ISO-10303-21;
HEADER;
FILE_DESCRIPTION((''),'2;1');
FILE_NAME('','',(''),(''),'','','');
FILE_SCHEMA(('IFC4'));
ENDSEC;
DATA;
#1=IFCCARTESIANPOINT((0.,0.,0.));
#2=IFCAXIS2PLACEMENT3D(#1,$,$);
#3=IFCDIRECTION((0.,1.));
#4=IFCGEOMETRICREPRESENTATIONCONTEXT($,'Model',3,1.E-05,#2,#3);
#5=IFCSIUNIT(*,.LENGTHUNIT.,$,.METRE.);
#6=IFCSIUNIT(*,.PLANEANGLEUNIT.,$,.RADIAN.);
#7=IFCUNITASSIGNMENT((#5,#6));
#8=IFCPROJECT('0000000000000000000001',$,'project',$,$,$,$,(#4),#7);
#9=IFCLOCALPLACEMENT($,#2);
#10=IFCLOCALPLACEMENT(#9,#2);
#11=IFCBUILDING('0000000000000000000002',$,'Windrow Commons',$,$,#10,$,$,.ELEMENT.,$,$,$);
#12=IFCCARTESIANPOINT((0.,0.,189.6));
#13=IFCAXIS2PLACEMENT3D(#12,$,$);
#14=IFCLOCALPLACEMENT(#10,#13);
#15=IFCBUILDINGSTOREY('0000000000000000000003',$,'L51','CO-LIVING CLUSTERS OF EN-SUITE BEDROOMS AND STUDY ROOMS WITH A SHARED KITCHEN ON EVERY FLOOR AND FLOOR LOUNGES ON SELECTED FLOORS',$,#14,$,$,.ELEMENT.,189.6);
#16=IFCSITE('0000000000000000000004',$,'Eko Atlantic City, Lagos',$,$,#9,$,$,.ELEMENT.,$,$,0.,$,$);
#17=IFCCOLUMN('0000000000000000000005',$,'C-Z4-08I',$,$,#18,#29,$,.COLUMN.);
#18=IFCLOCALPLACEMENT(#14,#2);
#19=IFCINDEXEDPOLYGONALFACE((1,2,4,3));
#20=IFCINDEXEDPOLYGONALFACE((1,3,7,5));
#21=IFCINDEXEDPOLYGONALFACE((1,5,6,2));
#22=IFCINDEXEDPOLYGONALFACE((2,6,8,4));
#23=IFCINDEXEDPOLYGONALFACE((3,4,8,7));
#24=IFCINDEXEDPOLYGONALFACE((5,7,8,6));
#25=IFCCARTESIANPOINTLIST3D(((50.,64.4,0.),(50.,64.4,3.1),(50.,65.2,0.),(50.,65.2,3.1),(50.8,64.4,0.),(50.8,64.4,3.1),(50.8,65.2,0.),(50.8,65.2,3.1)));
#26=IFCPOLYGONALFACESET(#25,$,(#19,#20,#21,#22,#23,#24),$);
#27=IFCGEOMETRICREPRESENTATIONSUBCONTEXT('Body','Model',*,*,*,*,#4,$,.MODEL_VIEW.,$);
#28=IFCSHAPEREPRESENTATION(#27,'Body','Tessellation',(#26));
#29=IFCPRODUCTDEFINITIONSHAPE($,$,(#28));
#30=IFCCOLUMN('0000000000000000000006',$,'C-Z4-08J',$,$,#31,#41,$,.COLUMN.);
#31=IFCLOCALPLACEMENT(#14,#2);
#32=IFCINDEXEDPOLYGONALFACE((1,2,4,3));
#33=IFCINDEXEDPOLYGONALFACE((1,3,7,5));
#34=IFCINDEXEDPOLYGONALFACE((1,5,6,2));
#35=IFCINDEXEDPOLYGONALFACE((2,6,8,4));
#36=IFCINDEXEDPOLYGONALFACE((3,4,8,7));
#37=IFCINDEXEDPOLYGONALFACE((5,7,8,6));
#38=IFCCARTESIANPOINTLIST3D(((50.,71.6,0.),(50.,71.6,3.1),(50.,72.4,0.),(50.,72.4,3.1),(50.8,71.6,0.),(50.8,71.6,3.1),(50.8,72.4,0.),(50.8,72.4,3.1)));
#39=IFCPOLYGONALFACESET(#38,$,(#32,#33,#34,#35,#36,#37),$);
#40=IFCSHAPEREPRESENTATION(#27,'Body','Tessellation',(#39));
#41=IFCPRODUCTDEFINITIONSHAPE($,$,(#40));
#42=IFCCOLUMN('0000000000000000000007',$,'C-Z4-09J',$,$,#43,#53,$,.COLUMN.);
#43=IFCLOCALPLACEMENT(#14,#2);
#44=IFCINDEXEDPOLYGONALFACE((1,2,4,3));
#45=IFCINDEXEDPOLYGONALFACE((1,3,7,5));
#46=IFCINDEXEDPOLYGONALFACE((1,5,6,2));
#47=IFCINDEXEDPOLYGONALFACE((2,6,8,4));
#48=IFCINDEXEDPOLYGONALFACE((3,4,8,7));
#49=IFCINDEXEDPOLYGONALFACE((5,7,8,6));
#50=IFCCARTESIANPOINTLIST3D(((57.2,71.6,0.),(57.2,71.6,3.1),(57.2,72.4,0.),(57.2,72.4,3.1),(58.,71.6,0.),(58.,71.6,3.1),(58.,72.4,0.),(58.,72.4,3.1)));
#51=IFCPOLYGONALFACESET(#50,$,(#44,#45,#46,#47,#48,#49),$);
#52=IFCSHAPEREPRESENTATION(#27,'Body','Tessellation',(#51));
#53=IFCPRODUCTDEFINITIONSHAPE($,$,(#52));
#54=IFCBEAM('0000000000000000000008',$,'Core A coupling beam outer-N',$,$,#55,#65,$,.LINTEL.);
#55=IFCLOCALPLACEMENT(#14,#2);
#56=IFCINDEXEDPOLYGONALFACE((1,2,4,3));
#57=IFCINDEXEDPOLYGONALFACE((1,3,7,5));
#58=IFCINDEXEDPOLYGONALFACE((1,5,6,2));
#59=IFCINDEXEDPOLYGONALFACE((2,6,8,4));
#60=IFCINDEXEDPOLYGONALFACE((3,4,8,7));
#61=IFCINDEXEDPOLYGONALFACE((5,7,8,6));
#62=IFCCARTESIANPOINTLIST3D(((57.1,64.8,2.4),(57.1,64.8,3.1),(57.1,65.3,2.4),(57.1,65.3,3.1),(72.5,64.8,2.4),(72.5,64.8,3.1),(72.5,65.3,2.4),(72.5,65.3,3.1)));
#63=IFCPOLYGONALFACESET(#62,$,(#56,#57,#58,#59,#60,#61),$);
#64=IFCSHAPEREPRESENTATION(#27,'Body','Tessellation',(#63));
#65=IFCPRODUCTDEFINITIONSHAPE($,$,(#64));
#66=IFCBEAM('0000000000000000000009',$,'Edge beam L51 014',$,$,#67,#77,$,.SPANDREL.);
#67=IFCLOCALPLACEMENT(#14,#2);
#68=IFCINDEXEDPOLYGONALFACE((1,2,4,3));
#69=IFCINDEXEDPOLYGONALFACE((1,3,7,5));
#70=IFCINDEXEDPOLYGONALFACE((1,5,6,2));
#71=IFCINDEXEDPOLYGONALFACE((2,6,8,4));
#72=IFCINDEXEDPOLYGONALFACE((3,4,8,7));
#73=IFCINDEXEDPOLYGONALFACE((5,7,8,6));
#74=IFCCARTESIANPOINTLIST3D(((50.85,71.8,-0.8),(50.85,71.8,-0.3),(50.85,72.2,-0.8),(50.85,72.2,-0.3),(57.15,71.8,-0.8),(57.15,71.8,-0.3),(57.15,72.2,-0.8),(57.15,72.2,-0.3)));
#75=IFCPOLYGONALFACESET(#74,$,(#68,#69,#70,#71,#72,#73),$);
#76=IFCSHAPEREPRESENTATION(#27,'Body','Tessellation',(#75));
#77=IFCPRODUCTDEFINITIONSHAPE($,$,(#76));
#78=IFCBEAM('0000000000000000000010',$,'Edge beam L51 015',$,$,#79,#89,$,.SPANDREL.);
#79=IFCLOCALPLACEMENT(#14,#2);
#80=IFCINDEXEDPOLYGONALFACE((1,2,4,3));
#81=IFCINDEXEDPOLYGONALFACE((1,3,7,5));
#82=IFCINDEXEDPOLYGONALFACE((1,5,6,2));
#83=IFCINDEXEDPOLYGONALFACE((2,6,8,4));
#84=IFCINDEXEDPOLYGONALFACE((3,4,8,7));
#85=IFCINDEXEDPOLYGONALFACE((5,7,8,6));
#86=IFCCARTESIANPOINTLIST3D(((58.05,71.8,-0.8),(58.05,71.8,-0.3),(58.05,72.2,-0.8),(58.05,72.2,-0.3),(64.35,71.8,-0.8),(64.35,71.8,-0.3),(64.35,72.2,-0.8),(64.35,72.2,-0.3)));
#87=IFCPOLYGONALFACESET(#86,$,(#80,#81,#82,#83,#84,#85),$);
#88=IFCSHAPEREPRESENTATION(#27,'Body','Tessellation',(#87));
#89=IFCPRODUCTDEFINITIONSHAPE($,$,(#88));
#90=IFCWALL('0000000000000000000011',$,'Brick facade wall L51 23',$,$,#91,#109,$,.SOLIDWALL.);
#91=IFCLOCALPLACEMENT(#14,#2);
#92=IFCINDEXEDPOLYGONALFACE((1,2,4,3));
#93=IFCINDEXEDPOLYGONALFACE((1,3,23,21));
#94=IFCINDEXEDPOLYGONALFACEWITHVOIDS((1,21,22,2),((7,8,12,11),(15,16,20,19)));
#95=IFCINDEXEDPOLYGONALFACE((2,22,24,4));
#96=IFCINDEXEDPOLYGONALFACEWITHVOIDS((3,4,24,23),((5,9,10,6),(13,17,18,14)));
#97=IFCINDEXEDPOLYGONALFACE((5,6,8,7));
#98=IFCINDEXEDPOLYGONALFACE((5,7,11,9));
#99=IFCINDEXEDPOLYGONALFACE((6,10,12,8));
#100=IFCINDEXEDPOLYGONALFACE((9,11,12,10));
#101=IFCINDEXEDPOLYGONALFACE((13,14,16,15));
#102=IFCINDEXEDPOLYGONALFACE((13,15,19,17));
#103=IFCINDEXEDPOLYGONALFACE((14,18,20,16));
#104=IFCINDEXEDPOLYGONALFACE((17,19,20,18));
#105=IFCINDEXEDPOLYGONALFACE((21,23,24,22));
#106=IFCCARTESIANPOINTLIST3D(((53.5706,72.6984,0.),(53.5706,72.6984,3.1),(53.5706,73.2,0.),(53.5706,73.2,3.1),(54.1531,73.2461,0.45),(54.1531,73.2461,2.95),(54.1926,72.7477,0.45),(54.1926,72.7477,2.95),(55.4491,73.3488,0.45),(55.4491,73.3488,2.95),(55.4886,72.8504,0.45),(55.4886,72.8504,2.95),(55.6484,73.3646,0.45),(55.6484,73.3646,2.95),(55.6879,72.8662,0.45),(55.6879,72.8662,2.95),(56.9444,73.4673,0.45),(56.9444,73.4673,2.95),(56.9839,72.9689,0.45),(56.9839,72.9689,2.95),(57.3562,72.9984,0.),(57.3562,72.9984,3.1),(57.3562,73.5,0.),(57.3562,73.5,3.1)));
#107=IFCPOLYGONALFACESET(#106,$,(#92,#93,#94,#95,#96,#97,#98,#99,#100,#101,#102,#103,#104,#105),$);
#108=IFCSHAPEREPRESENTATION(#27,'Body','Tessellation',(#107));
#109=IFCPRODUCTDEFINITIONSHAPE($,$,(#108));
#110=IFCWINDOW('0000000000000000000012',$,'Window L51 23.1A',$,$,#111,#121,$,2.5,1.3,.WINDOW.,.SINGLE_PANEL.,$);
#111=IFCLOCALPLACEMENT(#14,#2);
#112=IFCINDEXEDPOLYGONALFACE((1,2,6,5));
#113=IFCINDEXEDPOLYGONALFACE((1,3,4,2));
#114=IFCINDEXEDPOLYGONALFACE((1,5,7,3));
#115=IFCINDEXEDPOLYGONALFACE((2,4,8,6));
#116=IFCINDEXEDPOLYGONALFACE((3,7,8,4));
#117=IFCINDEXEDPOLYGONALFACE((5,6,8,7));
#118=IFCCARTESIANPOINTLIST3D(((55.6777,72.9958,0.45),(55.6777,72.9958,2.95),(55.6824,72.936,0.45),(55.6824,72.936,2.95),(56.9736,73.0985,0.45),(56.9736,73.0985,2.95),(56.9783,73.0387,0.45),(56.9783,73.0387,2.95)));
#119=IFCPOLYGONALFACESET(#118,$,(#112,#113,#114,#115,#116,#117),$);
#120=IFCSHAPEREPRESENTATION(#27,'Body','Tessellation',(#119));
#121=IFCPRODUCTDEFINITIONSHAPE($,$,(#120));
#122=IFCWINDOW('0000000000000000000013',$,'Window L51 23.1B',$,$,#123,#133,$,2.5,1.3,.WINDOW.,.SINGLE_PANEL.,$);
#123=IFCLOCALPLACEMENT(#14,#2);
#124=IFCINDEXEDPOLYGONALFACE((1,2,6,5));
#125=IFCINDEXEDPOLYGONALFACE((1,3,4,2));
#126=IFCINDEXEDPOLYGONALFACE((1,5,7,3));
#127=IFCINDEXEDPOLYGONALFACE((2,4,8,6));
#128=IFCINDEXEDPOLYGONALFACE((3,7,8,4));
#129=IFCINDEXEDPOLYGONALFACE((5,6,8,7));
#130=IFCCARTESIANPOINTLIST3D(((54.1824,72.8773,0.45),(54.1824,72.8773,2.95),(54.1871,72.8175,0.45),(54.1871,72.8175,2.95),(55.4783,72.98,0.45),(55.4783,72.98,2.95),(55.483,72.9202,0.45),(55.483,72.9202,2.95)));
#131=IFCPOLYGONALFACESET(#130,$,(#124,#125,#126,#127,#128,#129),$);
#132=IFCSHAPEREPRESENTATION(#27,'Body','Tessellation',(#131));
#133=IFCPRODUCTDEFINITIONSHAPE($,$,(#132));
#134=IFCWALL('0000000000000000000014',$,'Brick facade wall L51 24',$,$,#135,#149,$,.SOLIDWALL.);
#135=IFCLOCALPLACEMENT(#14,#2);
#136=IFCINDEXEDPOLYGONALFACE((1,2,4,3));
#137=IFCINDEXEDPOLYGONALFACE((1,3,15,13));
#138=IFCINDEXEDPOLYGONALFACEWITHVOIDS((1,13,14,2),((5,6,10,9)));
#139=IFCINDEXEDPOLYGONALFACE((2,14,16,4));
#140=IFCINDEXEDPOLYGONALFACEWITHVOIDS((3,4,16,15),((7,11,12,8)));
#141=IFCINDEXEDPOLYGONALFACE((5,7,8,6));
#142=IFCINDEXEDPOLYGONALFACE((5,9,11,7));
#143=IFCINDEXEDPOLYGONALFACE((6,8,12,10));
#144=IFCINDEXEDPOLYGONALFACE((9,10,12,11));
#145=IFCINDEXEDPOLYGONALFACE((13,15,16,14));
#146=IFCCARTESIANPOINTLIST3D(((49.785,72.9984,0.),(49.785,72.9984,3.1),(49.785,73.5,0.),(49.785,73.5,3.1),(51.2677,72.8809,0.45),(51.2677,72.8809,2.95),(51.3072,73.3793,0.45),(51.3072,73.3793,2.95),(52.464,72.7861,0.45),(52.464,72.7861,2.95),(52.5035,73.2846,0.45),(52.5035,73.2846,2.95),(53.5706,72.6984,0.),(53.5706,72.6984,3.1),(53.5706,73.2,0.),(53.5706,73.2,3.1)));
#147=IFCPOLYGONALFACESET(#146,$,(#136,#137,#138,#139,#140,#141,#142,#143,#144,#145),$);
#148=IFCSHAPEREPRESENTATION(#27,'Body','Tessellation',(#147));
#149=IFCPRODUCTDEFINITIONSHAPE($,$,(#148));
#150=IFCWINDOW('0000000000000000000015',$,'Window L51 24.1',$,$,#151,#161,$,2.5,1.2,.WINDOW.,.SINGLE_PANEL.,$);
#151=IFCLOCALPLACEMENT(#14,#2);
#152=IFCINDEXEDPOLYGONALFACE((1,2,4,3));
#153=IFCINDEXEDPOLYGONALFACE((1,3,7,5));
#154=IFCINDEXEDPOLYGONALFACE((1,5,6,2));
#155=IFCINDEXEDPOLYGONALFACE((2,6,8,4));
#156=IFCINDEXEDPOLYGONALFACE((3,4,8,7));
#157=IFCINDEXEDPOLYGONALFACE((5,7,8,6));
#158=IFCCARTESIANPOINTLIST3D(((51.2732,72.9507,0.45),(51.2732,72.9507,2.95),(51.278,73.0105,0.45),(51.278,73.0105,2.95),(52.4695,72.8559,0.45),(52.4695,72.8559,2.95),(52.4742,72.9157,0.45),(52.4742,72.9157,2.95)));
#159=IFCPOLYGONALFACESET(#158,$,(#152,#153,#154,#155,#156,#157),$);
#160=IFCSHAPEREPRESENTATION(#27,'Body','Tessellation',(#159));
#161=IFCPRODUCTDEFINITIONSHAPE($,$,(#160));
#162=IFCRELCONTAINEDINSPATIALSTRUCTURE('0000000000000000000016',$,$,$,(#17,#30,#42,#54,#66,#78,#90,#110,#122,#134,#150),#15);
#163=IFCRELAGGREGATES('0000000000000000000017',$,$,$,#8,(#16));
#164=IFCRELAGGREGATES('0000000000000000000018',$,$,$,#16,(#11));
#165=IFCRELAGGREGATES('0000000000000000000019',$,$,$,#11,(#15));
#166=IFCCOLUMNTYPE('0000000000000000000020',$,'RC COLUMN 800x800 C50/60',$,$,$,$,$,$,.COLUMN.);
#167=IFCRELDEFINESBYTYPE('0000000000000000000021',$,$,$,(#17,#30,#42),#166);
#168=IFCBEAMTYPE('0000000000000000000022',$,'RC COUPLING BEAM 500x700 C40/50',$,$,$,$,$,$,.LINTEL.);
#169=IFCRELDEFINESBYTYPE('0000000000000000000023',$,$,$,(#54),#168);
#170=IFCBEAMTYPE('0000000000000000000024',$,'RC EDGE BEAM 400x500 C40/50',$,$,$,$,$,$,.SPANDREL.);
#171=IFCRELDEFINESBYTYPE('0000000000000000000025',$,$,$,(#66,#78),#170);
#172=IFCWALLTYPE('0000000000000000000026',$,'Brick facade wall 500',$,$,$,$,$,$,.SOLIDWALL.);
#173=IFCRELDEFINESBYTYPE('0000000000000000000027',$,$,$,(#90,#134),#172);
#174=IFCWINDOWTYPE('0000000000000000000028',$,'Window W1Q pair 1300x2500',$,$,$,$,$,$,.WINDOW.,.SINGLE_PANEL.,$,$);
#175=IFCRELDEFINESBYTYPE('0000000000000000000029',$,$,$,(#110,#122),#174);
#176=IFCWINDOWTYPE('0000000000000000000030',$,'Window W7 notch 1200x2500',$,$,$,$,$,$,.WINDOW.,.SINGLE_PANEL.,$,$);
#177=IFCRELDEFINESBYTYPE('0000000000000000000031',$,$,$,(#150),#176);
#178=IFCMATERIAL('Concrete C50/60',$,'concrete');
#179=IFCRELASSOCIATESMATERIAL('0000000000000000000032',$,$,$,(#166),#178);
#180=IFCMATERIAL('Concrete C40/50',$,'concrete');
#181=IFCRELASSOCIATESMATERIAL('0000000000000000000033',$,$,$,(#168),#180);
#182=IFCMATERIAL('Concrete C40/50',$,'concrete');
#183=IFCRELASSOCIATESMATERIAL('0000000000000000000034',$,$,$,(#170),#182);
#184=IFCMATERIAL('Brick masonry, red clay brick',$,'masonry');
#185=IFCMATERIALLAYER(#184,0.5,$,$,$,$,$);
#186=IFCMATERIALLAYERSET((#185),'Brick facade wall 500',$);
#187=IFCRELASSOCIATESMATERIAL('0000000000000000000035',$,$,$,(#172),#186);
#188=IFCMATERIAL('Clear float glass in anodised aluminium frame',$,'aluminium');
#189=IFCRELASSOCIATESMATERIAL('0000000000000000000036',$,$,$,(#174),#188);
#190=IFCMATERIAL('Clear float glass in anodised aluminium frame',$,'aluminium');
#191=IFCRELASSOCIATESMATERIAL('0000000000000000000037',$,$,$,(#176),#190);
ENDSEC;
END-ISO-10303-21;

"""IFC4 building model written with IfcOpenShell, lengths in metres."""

from ifc_helpers import new_model, si_unit, direction, frame, frame_2d, origin, origin_2d, place, context, subcontext, project, spatial, polyline, rectangle, outline, extrude, material, layer, layer_set, material_profile, profile_set, type_object, element, fill, save


model = new_model("IFC4")

# Units and contexts
model_context = context("Model", 3, precision=1e-05, world=origin(), true_north=direction((0.0, 1.0)))
body_context = subcontext(model_context, "Body", "Model", "MODEL_VIEW")
ifc_project = project(units=[si_unit("LENGTHUNIT", "METRE"), si_unit("PLANEANGLEUNIT", "RADIAN")], contexts=[model_context])

# Site, building, storey
site_placement = place(None, origin())
site = spatial("IfcSite", under=ifc_project, at=site_placement, Name="Eko Atlantic City, Lagos", CompositionType="ELEMENT", RefElevation=0.0)
building_placement = place(site_placement, origin())
building = spatial("IfcBuilding", under=site, at=building_placement, Name="Windrow Commons", CompositionType="ELEMENT")
storey_placement = place(building_placement, frame((0.0, 0.0, 189.6)))
storey = spatial("IfcBuildingStorey", under=building, at=storey_placement, Name="L51", Description="CO-LIVING CLUSTERS OF EN-SUITE BEDROOMS AND STUDY ROOMS WITH A SHARED KITCHEN ON EVERY FLOOR AND FLOOR LOUNGES ON SELECTED FLOORS", CompositionType="ELEMENT", Elevation=189.6)

# Columns
ifc_material_1 = material(Name="Concrete C50/60", Category="concrete")
ifc_material_profile_1 = material_profile(ifc_material_1, rectangle(XDim=0.8, YDim=0.8, at=origin_2d()))
ifc_profile_set_1 = profile_set([ifc_material_profile_1], Name="Concrete C50/60")
column_type = type_object("IfcColumnType", Name="RC COLUMN 800x800 C50/60", PredefinedType="COLUMN", material=ifc_profile_set_1)
for number, where, z_axis, x_axis, name in (
    (1, (50.4, 64.8, 0.0), (0.0, 0.0, 1.0), (1.0, 0.0, 0.0), "C-Z4-08I"),
    (2, (50.4, 72.0, 0.0), (0.0, 0.0, 1.0), (1.0, 0.0, 0.0), "C-Z4-08J"),
    (3, (57.6, 72.0, 0.0), (0.0, 0.0, 1.0), (1.0, 0.0, 0.0), "C-Z4-09J"),
):
    element("IfcColumn", number, at=place(storey_placement, frame(where, z_axis=z_axis, x_axis=x_axis)), inside=storey, type_object=column_type, Name=name, PredefinedType="COLUMN", context=body_context, shape_type="SweptSolid", body=[
        extrude(rectangle(XDim=0.8, YDim=0.8, at=origin_2d()), origin(), (0.0, 0.0, 1.0), 3.1),
    ])

# Beams
ifc_material_2 = material(Name="Concrete C40/50", Category="concrete")
ifc_material_profile_2 = material_profile(ifc_material_2, rectangle(XDim=0.5, YDim=0.7, at=origin_2d()))
ifc_profile_set_2 = profile_set([ifc_material_profile_2], Name="Concrete C40/50")
beam_type_1 = type_object("IfcBeamType", Name="RC COUPLING BEAM 500x700 C40/50", PredefinedType="LINTEL", material=ifc_profile_set_2)
beam_placement = place(storey_placement, frame((57.1, 65.05, 2.75), z_axis=(1.0, 0.0, 0.0), x_axis=(0.0, 1.0, 0.0)))
element("IfcBeam", 4, at=beam_placement, inside=storey, type_object=beam_type_1, Name="Core A coupling beam outer-N", PredefinedType="LINTEL", context=body_context, shape_type="SweptSolid", body=[
    extrude(rectangle(XDim=0.5, YDim=0.7, at=origin_2d()), origin(), (0.0, 0.0, 1.0), 15.4),
])
ifc_material_3 = material(Name="Concrete C40/50", Category="concrete")
ifc_material_profile_3 = material_profile(ifc_material_3, rectangle(XDim=0.4, YDim=0.5, at=origin_2d()))
ifc_profile_set_3 = profile_set([ifc_material_profile_3], Name="Concrete C40/50")
beam_type_2 = type_object("IfcBeamType", Name="RC EDGE BEAM 400x500 C40/50", PredefinedType="SPANDREL", material=ifc_profile_set_3)
for number, where, z_axis, x_axis, name in (
    (5, (50.85, 72.0, -0.55), (1.0, 0.0, 0.0), (0.0, 1.0, 0.0), "Edge beam L51 014"),
    (6, (58.05, 72.0, -0.55), (1.0, 0.0, 0.0), (0.0, 1.0, 0.0), "Edge beam L51 015"),
):
    element("IfcBeam", number, at=place(storey_placement, frame(where, z_axis=z_axis, x_axis=x_axis)), inside=storey, type_object=beam_type_2, Name=name, PredefinedType="SPANDREL", context=body_context, shape_type="SweptSolid", body=[
        extrude(rectangle(XDim=0.4, YDim=0.5, at=origin_2d()), origin(), (0.0, 0.0, 1.0), 6.3),
    ])

# Wall, openings, windows
ifc_material_4 = material(Name="Brick masonry, red clay brick", Category="masonry")
ifc_layer_1 = layer(ifc_material_4, 0.5)
ifc_layer_set_1 = layer_set([ifc_layer_1], Name="Brick facade wall 500")
wall_type_1 = type_object("IfcWallType", Name="Brick facade wall 500", PredefinedType="SOLIDWALL", material=ifc_layer_set_1)
wall_1_placement = place(storey_placement, frame((57.3562, 73.2492, 0.0), z_axis=(0.0, 0.0, 1.0), x_axis=(-0.996875, -0.079, 0.0)))
wall_1 = element("IfcWall", 7, at=wall_1_placement, inside=storey, type_object=wall_type_1, Name="Brick facade wall L51 23", PredefinedType="SOLIDWALL", context=body_context, shape_type="SweptSolid", body=[
    extrude(outline(polyline([(-0.0198, -0.25), (3.7777, -0.25), (3.8173, 0.25), (0.0198, 0.25), (-0.0198, -0.25)])), origin(), (0.0, 0.0, 1.0), 3.1),
])
opening_1_placement = place(wall_1_placement, frame((0.3933, 0.0, 0.45)))
opening_1 = element("IfcOpeningElement", 8, at=opening_1_placement, cuts=wall_1, PredefinedType="OPENING", context=body_context, shape_type="SweptSolid", body=[
    extrude(rectangle(XDim=1.3, YDim=2.5, at=frame_2d((0.65, 1.25))), frame((0.0, 0.26, 0.0), z_axis=(0.0, -1.0, 0.0), x_axis=(1.0, 0.0, 0.0)), (0.0, 0.0, 1.0), 0.52),
])
opening_2_placement = place(wall_1_placement, frame((1.8933, 0.0, 0.45)))
opening_2 = element("IfcOpeningElement", 9, at=opening_2_placement, cuts=wall_1, PredefinedType="OPENING", context=body_context, shape_type="SweptSolid", body=[
    extrude(rectangle(XDim=1.3, YDim=2.5, at=frame_2d((0.65, 1.25))), frame((0.0, 0.26, 0.0), z_axis=(0.0, -1.0, 0.0), x_axis=(1.0, 0.0, 0.0)), (0.0, 0.0, 1.0), 0.52),
])
ifc_material_5 = material(Name="Clear float glass in anodised aluminium frame", Category="aluminium")
window_type_1 = type_object("IfcWindowType", Name="Window W1Q pair 1300x2500", PartitioningType="SINGLE_PANEL", PredefinedType="WINDOW", material=ifc_material_5)
window_1_placement = place(opening_1_placement, origin())
window_1 = element("IfcWindow", 10, at=window_1_placement, inside=storey, type_object=window_type_1, Name="Window L51 23.1A", OverallHeight=2.5, OverallWidth=1.3, PartitioningType="SINGLE_PANEL", PredefinedType="WINDOW", context=body_context, shape_type="SweptSolid", body=[
    extrude(rectangle(XDim=1.3, YDim=2.5, at=frame_2d((0.65, 1.25))), frame((0.0, 0.18, 0.0), z_axis=(0.0, -1.0, 0.0), x_axis=(1.0, 0.0, 0.0)), (0.0, 0.0, 1.0), 0.06),
])
fill(opening_1, window_1)
window_2_placement = place(opening_2_placement, origin())
window_2 = element("IfcWindow", 11, at=window_2_placement, inside=storey, type_object=window_type_1, Name="Window L51 23.1B", OverallHeight=2.5, OverallWidth=1.3, PartitioningType="SINGLE_PANEL", PredefinedType="WINDOW", context=body_context, shape_type="SweptSolid", body=[
    extrude(rectangle(XDim=1.3, YDim=2.5, at=frame_2d((0.65, 1.25))), frame((0.0, 0.18, 0.0), z_axis=(0.0, -1.0, 0.0), x_axis=(1.0, 0.0, 0.0)), (0.0, 0.0, 1.0), 0.06),
])
fill(opening_2, window_2)

# Wall, opening, window
wall_2_placement = place(storey_placement, frame((53.5706, 72.9492, 0.0), z_axis=(0.0, 0.0, 1.0), x_axis=(-0.996875, 0.078998, 0.0)))
wall_2 = element("IfcWall", 12, at=wall_2_placement, inside=storey, type_object=wall_type_1, Name="Brick facade wall L51 24", PredefinedType="SOLIDWALL", context=body_context, shape_type="SweptSolid", body=[
    extrude(outline(polyline([(0.0198, -0.25), (3.8173, -0.25), (3.7777, 0.25), (-0.0198, 0.25), (0.0198, -0.25)])), origin(), (0.0, 0.0, 1.0), 3.1),
])
opening_3_placement = place(wall_2_placement, frame((1.0903, 0.0, 0.45)))
opening_3 = element("IfcOpeningElement", 13, at=opening_3_placement, cuts=wall_2, PredefinedType="OPENING", context=body_context, shape_type="SweptSolid", body=[
    extrude(rectangle(XDim=1.2, YDim=2.5, at=frame_2d((0.6, 1.25))), frame((0.0, 0.26, 0.0), z_axis=(0.0, -1.0, 0.0), x_axis=(1.0, 0.0, 0.0)), (0.0, 0.0, 1.0), 0.52),
])
ifc_material_6 = material(Name="Clear float glass in anodised aluminium frame", Category="aluminium")
window_type_2 = type_object("IfcWindowType", Name="Window W7 notch 1200x2500", PartitioningType="SINGLE_PANEL", PredefinedType="WINDOW", material=ifc_material_6)
window_3_placement = place(opening_3_placement, origin())
window_3 = element("IfcWindow", 14, at=window_3_placement, inside=storey, type_object=window_type_2, Name="Window L51 24.1", OverallHeight=2.5, OverallWidth=1.2, PartitioningType="SINGLE_PANEL", PredefinedType="WINDOW", context=body_context, shape_type="SweptSolid", body=[
    extrude(rectangle(XDim=1.2, YDim=2.5, at=frame_2d((0.6, 1.25))), frame((0.0, 0.18, 0.0), z_axis=(0.0, -1.0, 0.0), x_axis=(1.0, 0.0, 0.0)), (0.0, 0.0, 1.0), 0.06),
])
fill(opening_3, window_3)

save(model, "model.ifc")
